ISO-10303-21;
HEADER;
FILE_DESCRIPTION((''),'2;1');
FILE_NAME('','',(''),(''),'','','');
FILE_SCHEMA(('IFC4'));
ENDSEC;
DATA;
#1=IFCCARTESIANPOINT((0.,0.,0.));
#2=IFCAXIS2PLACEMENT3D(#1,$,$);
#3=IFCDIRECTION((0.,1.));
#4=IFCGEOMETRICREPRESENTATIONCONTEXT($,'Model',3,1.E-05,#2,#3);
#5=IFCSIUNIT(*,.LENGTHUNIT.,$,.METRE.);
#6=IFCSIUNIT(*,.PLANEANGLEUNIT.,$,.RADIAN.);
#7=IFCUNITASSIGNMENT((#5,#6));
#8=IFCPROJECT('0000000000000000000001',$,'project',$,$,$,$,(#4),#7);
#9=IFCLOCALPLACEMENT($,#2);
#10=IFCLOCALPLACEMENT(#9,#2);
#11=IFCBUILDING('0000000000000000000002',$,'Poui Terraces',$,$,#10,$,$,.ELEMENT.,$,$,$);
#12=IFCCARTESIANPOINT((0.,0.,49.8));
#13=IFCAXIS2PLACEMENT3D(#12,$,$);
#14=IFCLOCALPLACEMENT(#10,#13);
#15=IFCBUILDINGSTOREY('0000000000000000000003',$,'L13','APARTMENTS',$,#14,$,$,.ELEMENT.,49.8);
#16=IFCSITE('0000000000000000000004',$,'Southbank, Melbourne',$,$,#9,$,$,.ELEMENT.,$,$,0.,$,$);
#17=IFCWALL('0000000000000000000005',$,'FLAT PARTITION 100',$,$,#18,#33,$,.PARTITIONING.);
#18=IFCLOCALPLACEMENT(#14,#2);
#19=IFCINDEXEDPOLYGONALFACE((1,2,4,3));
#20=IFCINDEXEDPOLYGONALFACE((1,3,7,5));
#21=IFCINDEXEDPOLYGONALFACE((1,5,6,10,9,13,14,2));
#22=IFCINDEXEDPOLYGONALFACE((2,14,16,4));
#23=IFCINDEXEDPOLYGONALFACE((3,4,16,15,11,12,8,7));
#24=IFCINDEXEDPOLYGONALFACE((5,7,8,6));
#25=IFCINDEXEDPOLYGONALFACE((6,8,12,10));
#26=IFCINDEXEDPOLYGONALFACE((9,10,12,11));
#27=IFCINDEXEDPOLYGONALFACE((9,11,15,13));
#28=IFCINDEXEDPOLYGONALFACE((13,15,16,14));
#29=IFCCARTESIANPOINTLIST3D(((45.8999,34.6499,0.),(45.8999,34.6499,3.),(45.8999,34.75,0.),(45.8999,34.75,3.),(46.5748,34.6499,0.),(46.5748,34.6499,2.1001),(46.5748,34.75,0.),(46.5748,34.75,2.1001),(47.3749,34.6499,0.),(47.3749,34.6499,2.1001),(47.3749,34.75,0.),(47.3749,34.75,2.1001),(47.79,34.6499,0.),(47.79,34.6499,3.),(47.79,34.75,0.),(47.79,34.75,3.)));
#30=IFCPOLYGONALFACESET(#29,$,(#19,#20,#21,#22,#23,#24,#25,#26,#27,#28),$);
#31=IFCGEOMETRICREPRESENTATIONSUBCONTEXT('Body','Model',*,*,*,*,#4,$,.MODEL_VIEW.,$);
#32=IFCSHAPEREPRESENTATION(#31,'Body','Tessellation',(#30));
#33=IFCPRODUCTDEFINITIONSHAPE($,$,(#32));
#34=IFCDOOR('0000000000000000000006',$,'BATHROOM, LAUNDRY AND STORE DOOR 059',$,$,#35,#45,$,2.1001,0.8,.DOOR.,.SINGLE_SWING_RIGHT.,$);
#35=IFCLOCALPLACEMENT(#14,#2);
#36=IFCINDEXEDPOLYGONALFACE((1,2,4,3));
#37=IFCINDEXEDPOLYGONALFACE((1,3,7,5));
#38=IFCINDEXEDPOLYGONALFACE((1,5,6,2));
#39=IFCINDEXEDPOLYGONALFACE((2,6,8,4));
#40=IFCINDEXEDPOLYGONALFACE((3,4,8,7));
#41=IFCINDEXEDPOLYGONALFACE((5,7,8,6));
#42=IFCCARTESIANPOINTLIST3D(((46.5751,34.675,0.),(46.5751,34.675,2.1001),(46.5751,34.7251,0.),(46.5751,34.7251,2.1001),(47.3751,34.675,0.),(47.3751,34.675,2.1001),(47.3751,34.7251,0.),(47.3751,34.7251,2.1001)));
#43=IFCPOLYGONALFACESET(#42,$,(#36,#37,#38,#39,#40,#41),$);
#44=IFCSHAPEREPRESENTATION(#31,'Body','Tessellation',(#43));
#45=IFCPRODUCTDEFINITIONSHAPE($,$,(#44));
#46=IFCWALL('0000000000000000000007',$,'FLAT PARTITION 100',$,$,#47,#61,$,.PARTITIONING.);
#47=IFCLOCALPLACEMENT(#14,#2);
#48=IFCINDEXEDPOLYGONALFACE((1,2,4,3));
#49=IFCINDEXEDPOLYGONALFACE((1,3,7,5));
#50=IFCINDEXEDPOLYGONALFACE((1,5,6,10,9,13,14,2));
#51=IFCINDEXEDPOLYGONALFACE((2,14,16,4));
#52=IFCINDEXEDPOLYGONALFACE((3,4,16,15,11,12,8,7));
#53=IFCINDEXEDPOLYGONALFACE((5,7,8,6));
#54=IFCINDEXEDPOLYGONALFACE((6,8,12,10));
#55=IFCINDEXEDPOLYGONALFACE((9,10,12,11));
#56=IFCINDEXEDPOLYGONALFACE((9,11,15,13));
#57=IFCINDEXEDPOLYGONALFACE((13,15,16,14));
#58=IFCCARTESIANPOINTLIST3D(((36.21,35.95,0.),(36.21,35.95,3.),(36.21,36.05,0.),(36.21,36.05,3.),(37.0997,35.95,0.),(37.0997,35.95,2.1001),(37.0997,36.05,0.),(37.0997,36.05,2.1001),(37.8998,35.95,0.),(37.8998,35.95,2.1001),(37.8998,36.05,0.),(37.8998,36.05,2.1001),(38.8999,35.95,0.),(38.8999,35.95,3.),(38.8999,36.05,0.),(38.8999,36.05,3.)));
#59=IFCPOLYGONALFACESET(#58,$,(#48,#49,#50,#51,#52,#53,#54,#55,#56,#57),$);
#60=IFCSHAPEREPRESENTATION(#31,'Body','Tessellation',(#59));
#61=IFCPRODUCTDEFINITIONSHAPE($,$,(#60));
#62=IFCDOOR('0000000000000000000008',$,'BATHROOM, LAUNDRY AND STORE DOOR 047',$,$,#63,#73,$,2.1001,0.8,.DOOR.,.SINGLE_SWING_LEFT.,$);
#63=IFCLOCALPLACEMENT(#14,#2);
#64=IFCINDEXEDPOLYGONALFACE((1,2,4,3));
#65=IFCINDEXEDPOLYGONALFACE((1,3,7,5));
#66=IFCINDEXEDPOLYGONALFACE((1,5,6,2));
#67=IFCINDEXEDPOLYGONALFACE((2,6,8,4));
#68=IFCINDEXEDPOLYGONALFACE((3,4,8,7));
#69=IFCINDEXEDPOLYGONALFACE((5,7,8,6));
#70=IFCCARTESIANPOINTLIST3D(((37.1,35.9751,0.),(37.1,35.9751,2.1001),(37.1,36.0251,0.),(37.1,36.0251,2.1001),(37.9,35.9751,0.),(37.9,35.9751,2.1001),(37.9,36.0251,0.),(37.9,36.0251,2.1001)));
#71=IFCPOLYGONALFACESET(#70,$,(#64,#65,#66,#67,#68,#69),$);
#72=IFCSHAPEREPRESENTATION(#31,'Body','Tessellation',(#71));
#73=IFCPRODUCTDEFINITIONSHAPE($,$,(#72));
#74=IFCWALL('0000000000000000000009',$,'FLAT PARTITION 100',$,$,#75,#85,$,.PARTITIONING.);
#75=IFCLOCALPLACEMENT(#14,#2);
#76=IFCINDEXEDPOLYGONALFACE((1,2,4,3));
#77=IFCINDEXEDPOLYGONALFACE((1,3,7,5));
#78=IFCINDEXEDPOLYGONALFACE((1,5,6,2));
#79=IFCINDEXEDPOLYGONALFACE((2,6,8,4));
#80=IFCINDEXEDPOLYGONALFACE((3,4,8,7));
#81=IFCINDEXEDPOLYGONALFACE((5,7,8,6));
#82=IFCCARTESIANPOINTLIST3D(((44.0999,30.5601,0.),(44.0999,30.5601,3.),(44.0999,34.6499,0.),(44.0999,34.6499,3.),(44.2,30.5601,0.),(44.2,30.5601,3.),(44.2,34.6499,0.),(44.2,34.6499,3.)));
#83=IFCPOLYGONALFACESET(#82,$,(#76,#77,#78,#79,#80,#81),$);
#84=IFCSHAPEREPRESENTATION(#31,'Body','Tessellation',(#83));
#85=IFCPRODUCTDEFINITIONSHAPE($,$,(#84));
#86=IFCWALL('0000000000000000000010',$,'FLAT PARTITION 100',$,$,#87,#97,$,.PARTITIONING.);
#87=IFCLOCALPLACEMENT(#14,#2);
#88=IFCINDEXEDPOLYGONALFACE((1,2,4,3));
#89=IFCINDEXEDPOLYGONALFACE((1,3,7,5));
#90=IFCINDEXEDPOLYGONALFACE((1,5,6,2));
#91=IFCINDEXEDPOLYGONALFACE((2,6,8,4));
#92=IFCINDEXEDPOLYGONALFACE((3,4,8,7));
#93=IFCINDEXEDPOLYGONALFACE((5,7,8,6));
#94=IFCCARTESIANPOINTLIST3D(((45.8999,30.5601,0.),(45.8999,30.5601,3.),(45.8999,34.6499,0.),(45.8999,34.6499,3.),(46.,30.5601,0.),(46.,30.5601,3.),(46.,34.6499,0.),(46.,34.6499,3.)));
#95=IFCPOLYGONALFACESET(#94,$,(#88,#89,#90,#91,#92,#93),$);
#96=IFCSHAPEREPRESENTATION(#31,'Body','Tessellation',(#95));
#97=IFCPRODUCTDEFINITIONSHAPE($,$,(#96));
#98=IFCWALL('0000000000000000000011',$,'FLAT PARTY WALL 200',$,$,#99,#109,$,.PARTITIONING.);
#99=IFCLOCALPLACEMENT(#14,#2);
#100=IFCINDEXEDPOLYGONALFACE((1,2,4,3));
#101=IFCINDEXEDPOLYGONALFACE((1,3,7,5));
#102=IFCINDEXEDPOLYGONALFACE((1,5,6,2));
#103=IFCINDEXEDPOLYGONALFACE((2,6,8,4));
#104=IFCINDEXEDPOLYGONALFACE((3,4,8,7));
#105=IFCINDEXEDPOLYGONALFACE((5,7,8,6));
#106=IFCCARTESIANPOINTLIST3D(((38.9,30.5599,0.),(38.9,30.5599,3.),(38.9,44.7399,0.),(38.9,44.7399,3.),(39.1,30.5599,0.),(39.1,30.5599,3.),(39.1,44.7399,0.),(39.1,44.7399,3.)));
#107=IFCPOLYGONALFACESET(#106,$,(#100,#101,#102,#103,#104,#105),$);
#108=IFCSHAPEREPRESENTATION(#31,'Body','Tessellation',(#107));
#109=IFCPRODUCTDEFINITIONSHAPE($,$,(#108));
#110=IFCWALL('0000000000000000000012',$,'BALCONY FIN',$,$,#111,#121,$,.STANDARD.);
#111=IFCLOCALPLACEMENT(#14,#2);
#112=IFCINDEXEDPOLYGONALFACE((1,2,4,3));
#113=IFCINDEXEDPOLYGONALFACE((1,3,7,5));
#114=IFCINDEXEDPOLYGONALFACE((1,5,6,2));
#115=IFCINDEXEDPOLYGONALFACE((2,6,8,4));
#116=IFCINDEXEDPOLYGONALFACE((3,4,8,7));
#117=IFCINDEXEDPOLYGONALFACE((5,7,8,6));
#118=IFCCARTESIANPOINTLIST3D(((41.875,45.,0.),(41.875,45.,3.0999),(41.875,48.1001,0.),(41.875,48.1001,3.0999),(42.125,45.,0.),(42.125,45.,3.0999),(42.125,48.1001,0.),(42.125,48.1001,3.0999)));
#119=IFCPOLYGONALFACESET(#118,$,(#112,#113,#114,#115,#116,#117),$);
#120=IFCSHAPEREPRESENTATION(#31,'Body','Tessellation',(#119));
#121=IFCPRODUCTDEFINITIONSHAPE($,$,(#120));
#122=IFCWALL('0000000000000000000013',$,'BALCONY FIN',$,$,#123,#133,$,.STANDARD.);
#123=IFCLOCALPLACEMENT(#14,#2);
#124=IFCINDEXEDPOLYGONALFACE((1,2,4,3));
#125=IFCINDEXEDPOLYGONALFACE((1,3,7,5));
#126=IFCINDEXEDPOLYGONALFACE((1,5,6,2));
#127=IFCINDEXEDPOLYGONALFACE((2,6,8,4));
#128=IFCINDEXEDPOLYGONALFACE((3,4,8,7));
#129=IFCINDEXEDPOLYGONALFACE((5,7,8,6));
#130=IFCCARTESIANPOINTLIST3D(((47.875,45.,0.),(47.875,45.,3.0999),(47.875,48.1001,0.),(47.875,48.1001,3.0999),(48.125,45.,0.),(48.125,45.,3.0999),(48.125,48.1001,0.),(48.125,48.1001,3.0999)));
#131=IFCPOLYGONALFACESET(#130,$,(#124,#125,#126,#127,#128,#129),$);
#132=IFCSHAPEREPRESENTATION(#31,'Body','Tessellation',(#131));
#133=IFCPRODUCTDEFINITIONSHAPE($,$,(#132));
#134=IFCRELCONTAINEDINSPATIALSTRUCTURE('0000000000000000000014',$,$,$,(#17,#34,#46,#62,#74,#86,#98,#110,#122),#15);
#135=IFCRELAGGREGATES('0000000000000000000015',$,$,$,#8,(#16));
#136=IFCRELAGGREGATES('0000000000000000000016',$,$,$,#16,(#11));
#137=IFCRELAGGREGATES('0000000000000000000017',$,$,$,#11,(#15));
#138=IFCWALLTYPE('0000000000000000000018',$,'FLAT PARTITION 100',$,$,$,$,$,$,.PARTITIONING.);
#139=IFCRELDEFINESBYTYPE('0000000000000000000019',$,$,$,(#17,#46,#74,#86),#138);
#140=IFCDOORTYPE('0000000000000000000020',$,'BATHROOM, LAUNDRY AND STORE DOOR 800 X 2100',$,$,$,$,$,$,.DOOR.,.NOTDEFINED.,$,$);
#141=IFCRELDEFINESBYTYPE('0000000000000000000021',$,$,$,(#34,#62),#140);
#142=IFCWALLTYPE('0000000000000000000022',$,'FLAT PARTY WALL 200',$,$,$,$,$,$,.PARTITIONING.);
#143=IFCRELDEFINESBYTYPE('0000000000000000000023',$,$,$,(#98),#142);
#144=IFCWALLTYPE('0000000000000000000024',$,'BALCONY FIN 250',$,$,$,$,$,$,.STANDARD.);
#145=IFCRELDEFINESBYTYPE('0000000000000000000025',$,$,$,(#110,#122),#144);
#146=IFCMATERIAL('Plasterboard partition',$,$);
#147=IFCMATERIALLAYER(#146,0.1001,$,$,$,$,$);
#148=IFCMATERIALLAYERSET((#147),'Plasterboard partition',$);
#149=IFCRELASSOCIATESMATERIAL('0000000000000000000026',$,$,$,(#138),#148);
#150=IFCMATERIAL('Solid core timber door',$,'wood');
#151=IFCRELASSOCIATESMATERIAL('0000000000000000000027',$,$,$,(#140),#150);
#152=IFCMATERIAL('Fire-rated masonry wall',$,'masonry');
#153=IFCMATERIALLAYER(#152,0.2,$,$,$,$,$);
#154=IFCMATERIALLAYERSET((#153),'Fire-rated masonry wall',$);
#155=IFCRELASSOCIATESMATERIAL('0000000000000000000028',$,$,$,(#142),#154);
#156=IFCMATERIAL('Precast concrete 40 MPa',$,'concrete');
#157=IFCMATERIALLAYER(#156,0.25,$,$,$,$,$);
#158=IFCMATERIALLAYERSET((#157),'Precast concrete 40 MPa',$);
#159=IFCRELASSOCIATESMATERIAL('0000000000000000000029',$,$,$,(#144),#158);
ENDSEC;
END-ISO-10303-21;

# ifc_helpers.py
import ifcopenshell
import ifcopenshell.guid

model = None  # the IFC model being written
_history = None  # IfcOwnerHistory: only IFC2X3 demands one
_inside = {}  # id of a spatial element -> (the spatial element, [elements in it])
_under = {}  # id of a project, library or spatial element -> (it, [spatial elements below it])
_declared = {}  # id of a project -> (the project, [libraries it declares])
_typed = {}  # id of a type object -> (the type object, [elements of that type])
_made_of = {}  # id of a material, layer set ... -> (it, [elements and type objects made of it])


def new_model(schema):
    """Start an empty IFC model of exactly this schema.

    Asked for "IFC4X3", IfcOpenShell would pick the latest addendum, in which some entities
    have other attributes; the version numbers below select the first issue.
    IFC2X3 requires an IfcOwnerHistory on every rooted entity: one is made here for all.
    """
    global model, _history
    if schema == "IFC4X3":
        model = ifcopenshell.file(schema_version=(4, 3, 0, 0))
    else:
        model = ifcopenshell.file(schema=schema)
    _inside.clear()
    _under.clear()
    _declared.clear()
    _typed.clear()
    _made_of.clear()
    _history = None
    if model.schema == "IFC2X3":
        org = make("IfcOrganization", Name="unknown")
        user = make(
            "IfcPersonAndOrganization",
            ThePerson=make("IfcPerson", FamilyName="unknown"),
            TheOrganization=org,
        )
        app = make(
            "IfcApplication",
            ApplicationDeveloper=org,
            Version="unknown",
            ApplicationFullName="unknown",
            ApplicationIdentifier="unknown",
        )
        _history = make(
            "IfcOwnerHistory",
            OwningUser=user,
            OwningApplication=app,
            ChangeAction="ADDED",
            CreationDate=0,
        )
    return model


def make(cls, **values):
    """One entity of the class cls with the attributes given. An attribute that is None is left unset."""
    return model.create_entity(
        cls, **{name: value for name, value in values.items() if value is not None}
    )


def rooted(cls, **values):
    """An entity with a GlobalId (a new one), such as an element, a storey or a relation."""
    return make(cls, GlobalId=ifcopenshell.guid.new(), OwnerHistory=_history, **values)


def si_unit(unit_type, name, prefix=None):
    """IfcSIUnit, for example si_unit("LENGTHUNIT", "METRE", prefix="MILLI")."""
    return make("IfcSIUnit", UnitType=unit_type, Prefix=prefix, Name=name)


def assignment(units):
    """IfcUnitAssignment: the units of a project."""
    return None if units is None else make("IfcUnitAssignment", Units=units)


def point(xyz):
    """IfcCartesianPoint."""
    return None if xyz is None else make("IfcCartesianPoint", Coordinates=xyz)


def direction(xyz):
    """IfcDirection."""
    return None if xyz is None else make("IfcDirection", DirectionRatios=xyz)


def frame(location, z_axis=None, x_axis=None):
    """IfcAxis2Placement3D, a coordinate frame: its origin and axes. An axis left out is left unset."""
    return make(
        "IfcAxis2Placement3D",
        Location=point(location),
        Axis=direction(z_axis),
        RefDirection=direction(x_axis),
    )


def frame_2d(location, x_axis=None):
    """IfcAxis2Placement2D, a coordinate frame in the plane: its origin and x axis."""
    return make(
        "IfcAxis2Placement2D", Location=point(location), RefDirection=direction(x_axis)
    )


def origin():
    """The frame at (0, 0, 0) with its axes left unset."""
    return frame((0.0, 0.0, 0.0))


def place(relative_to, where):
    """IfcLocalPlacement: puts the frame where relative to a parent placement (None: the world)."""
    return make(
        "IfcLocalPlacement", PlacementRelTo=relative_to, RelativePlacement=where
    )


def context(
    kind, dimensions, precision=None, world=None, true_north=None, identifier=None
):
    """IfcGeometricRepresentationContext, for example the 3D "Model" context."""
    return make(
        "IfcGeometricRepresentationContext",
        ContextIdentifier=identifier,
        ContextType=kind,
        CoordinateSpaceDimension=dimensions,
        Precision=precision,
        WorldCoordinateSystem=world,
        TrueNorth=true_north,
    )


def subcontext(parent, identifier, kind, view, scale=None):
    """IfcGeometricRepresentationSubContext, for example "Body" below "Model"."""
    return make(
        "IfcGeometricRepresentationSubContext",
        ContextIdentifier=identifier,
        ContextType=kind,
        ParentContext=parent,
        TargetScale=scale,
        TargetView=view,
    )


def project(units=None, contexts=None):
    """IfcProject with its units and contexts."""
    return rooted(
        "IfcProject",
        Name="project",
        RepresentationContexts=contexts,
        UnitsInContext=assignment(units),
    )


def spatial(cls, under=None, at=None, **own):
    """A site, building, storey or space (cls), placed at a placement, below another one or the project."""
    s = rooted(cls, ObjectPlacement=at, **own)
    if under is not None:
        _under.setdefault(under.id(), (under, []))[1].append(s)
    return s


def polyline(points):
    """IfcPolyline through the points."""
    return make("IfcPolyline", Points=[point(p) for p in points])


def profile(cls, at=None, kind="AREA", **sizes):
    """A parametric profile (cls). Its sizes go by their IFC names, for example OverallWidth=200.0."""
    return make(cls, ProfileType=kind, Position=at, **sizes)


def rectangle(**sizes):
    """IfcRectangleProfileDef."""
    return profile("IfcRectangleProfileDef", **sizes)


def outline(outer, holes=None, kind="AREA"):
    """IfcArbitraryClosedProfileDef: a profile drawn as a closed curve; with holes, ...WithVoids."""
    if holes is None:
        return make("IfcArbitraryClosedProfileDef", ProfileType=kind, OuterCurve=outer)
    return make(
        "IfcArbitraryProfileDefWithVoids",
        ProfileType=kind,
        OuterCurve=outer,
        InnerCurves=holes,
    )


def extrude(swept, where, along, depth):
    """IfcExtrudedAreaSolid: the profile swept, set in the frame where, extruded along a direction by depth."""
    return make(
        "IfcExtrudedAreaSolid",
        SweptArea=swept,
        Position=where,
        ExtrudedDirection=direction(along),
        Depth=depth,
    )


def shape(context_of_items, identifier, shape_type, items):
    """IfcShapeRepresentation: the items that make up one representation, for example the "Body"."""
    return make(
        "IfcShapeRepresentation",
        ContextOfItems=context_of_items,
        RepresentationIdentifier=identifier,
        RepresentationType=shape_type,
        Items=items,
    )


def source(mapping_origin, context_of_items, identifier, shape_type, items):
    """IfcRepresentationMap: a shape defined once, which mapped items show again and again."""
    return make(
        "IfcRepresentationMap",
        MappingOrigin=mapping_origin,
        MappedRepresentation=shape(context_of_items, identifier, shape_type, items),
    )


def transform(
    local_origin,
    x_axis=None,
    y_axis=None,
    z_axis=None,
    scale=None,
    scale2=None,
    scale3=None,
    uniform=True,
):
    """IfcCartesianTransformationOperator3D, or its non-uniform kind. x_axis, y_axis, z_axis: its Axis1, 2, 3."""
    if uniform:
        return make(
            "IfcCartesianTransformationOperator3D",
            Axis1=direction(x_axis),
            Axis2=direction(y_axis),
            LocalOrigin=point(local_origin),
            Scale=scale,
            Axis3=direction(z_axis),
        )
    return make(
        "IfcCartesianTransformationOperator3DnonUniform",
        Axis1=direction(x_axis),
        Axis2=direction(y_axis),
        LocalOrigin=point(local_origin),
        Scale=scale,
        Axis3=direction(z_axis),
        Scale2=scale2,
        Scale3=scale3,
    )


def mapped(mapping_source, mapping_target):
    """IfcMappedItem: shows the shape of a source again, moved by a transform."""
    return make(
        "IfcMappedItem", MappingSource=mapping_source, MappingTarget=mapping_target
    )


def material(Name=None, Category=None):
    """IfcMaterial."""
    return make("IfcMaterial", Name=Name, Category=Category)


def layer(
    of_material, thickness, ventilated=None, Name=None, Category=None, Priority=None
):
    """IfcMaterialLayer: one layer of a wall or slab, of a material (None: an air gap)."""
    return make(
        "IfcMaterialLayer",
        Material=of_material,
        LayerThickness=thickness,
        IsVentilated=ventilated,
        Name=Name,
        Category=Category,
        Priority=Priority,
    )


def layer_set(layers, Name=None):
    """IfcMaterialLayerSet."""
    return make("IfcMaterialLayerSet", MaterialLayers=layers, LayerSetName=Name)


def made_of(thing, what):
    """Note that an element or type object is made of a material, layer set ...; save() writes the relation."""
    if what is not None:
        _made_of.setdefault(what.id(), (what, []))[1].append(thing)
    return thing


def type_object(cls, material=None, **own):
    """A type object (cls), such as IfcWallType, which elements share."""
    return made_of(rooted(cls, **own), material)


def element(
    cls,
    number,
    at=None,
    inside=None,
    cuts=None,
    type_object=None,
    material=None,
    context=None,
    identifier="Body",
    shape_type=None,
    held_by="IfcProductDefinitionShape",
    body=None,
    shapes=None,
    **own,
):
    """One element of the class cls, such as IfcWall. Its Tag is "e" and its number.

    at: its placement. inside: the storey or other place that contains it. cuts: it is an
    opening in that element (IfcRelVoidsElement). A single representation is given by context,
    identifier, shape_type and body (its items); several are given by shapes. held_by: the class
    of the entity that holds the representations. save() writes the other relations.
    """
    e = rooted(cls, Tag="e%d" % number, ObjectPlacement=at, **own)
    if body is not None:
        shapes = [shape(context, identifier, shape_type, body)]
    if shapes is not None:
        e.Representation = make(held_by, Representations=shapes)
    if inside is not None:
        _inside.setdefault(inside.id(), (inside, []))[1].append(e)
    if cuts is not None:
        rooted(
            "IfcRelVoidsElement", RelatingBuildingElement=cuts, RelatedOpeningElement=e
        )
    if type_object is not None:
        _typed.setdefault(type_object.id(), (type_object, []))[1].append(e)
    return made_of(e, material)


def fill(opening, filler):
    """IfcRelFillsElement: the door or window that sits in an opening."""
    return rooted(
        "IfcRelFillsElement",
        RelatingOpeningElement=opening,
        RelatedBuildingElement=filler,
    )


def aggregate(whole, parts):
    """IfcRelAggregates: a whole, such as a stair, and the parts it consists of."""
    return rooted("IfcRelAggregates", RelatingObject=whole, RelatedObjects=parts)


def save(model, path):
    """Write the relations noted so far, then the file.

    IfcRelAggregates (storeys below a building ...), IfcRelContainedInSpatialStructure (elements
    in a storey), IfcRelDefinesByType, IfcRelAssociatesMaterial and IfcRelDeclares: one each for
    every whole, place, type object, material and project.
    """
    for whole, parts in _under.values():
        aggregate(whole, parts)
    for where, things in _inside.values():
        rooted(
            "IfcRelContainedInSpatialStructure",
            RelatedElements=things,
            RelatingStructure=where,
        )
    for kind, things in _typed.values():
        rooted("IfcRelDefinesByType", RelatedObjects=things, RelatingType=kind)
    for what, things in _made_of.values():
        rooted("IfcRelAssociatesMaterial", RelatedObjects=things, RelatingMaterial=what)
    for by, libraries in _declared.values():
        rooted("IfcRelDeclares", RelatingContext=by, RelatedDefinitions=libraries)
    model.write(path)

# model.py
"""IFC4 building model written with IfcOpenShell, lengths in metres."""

from ifc_helpers import new_model, si_unit, direction, frame, frame_2d, origin, place, context, subcontext, project, spatial, polyline, rectangle, outline, extrude, source, transform, mapped, material, layer, layer_set, type_object, element, fill, save


model = new_model("IFC4")

# Units and contexts
model_context = context("Model", 3, precision=1e-05, world=origin(), true_north=direction((0.0, 1.0)))
body_context = subcontext(model_context, "Body", "Model", "MODEL_VIEW")
ifc_project = project(units=[si_unit("LENGTHUNIT", "METRE"), si_unit("PLANEANGLEUNIT", "RADIAN")], contexts=[model_context])

# Site, building, storey
site_placement = place(None, origin())
site = spatial("IfcSite", under=ifc_project, at=site_placement, Name="Southbank, Melbourne", CompositionType="ELEMENT", RefElevation=0.0)
building_placement = place(site_placement, origin())
building = spatial("IfcBuilding", under=site, at=building_placement, Name="Poui Terraces", CompositionType="ELEMENT")
storey_placement = place(building_placement, frame((0.0, 0.0, 49.8)))
storey = spatial("IfcBuildingStorey", under=building, at=storey_placement, Name="L13", Description="APARTMENTS", CompositionType="ELEMENT", Elevation=49.8)

# Walls, openings, doors
ifc_material_1 = material(Name="Solid core timber door", Category="wood")
ifc_material_2 = material(Name="Plasterboard partition")
ifc_layer_1 = layer(ifc_material_2, 0.1001)
ifc_layer_set_1 = layer_set([ifc_layer_1], Name="Plasterboard partition")
wall_type_1 = type_object("IfcWallType", Name="FLAT PARTITION 100", PredefinedType="PARTITIONING", material=ifc_layer_set_1)
door_type_1 = type_object("IfcDoorType", Name="BATHROOM, LAUNDRY AND STORE DOOR 800 X 2100", OperationType="NOTDEFINED", PredefinedType="DOOR", material=ifc_material_1)
wall_1_placement = place(storey_placement, frame((45.8999, 34.7, 0.0), z_axis=(0.0, 0.0, 1.0), x_axis=(1.0, 0.0, 0.0)))
wall_1 = element("IfcWall", 1, at=wall_1_placement, inside=storey, type_object=wall_type_1, Name="FLAT PARTITION 100", PredefinedType="PARTITIONING", context=body_context, shape_type="SweptSolid", body=[
    extrude(rectangle(XDim=1.8901, YDim=0.1001, at=frame_2d((0.9451, 0.0))), origin(), (0.0, 0.0, 1.0), 3.0),
])
opening_1_placement = place(wall_1_placement, frame((0.675, 0.0, 0.0)))
opening_1 = element("IfcOpeningElement", 2, at=opening_1_placement, cuts=wall_1, PredefinedType="OPENING", context=body_context, shape_type="SweptSolid", body=[
    extrude(rectangle(XDim=0.8, YDim=2.1001, at=frame_2d((0.3999, 1.05))), frame((0.0, 0.0601, 0.0), z_axis=(0.0, -1.0, 0.0), x_axis=(1.0, 0.0, 0.0)), (0.0, 0.0, 1.0), 0.1201),
])
door_1_placement = place(opening_1_placement, frame((0.8, 0.0, 0.0), z_axis=(0.0, 0.0, 1.0), x_axis=(-1.0, 0.0, 0.0)))
door_1 = element("IfcDoor", 3, at=door_1_placement, inside=storey, type_object=door_type_1, Name="BATHROOM, LAUNDRY AND STORE DOOR 059", OperationType="SINGLE_SWING_RIGHT", OverallHeight=2.1001, OverallWidth=0.8, PredefinedType="DOOR", context=body_context, shape_type="SweptSolid", body=[
    extrude(rectangle(XDim=0.8, YDim=2.1001, at=frame_2d((0.3999, 1.05))), frame((0.0, 0.0249, 0.0), z_axis=(0.0, -1.0, 0.0), x_axis=(1.0, 0.0, 0.0)), (0.0, 0.0, 1.0), 0.05),
])
fill(opening_1, door_1)
wall_2_placement = place(storey_placement, frame((36.21, 36.0, 0.0), z_axis=(0.0, 0.0, 1.0), x_axis=(1.0, 0.0, 0.0)))
wall_2 = element("IfcWall", 4, at=wall_2_placement, inside=storey, type_object=wall_type_1, Name="FLAT PARTITION 100", PredefinedType="PARTITIONING", context=body_context, shape_type="SweptSolid", body=[
    extrude(rectangle(XDim=2.6899, YDim=0.1001, at=frame_2d((1.345, 0.0))), origin(), (0.0, 0.0, 1.0), 3.0),
])
opening_2_placement = place(wall_2_placement, frame((0.8899, 0.0, 0.0)))
opening_2 = element("IfcOpeningElement", 5, at=opening_2_placement, cuts=wall_2, PredefinedType="OPENING", context=body_context, shape_type="SweptSolid", body=[
    extrude(rectangle(XDim=0.8, YDim=2.1001, at=frame_2d((0.3999, 1.05))), frame((0.0, 0.0601, 0.0), z_axis=(0.0, -1.0, 0.0), x_axis=(1.0, 0.0, 0.0)), (0.0, 0.0, 1.0), 0.1201),
])
door_2_placement = place(opening_2_placement, frame((0.8, 0.0, 0.0), z_axis=(0.0, 0.0, 1.0), x_axis=(-1.0, 0.0, 0.0)))
door_2 = element("IfcDoor", 6, at=door_2_placement, inside=storey, type_object=door_type_1, Name="BATHROOM, LAUNDRY AND STORE DOOR 047", OperationType="SINGLE_SWING_LEFT", OverallHeight=2.1001, OverallWidth=0.8, PredefinedType="DOOR", context=body_context, shape_type="SweptSolid", body=[
    extrude(rectangle(XDim=0.8, YDim=2.1001, at=frame_2d((0.3999, 1.05))), frame((0.0, 0.0249, 0.0), z_axis=(0.0, -1.0, 0.0), x_axis=(1.0, 0.0, 0.0)), (0.0, 0.0, 1.0), 0.05),
])
fill(opening_2, door_2)

# Walls
for number, where, z_axis, x_axis, name in (
    (7, (44.1499, 30.5601, 0.0), (0.0, 0.0, 1.0), (0.0, 1.0, 0.0), "FLAT PARTITION 100"),
    (8, (45.95, 30.5601, 0.0), (0.0, 0.0, 1.0), (0.0, 1.0, 0.0), "FLAT PARTITION 100"),
):
    element("IfcWall", number, at=place(storey_placement, frame(where, z_axis=z_axis, x_axis=x_axis)), inside=storey, type_object=wall_type_1, Name=name, PredefinedType="PARTITIONING", context=body_context, shape_type="SweptSolid", body=[
        extrude(rectangle(XDim=4.0898, YDim=0.1001, at=frame_2d((2.0449, 0.0))), origin(), (0.0, 0.0, 1.0), 3.0),
    ])
ifc_material_3 = material(Name="Fire-rated masonry wall", Category="masonry")
ifc_layer_2 = layer(ifc_material_3, 0.2)
ifc_layer_set_2 = layer_set([ifc_layer_2], Name="Fire-rated masonry wall")
wall_type_2 = type_object("IfcWallType", Name="FLAT PARTY WALL 200", PredefinedType="PARTITIONING", material=ifc_layer_set_2)
wall_3_placement = place(storey_placement, frame((39.0, 30.5601, 0.0), z_axis=(0.0, 0.0, 1.0), x_axis=(0.0, 1.0, 0.0)))
element("IfcWall", 9, at=wall_3_placement, inside=storey, type_object=wall_type_2, Name="FLAT PARTY WALL 200", PredefinedType="PARTITIONING", context=body_context, shape_type="SweptSolid", body=[
    extrude(rectangle(XDim=14.1799, YDim=0.2, at=frame_2d((7.0898, 0.0))), origin(), (0.0, 0.0, 1.0), 3.0),
])
ifc_material_4 = material(Name="Precast concrete 40 MPa", Category="concrete")
ifc_layer_3 = layer(ifc_material_4, 0.25)
ifc_layer_set_3 = layer_set([ifc_layer_3], Name="Precast concrete 40 MPa")
wall_type_3 = type_object("IfcWallType", Name="BALCONY FIN 250", PredefinedType="STANDARD", material=ifc_layer_set_3)
shared_shape_1 = source(origin(), body_context, "Body", "SweptSolid", [
    extrude(outline(polyline([(0.0, 0.0), (0.25, 0.0), (0.25, 3.1001), (0.0, 3.1001), (0.0, 0.0)])), origin(), (0.0, 0.0, 1.0), 3.0999),
])
for number, where, name in (
    (10, (41.875, 45.0, 0.0), "BALCONY FIN"),
    (11, (47.875, 45.0, 0.0), "BALCONY FIN"),
):
    element("IfcWall", number, at=place(storey_placement, frame(where)), inside=storey, type_object=wall_type_3, Name=name, PredefinedType="STANDARD", context=body_context, shape_type="MappedRepresentation", body=[
        mapped(shared_shape_1, transform((0.0, 0.0, 0.0))),
    ])

save(model, "model.ifc")
